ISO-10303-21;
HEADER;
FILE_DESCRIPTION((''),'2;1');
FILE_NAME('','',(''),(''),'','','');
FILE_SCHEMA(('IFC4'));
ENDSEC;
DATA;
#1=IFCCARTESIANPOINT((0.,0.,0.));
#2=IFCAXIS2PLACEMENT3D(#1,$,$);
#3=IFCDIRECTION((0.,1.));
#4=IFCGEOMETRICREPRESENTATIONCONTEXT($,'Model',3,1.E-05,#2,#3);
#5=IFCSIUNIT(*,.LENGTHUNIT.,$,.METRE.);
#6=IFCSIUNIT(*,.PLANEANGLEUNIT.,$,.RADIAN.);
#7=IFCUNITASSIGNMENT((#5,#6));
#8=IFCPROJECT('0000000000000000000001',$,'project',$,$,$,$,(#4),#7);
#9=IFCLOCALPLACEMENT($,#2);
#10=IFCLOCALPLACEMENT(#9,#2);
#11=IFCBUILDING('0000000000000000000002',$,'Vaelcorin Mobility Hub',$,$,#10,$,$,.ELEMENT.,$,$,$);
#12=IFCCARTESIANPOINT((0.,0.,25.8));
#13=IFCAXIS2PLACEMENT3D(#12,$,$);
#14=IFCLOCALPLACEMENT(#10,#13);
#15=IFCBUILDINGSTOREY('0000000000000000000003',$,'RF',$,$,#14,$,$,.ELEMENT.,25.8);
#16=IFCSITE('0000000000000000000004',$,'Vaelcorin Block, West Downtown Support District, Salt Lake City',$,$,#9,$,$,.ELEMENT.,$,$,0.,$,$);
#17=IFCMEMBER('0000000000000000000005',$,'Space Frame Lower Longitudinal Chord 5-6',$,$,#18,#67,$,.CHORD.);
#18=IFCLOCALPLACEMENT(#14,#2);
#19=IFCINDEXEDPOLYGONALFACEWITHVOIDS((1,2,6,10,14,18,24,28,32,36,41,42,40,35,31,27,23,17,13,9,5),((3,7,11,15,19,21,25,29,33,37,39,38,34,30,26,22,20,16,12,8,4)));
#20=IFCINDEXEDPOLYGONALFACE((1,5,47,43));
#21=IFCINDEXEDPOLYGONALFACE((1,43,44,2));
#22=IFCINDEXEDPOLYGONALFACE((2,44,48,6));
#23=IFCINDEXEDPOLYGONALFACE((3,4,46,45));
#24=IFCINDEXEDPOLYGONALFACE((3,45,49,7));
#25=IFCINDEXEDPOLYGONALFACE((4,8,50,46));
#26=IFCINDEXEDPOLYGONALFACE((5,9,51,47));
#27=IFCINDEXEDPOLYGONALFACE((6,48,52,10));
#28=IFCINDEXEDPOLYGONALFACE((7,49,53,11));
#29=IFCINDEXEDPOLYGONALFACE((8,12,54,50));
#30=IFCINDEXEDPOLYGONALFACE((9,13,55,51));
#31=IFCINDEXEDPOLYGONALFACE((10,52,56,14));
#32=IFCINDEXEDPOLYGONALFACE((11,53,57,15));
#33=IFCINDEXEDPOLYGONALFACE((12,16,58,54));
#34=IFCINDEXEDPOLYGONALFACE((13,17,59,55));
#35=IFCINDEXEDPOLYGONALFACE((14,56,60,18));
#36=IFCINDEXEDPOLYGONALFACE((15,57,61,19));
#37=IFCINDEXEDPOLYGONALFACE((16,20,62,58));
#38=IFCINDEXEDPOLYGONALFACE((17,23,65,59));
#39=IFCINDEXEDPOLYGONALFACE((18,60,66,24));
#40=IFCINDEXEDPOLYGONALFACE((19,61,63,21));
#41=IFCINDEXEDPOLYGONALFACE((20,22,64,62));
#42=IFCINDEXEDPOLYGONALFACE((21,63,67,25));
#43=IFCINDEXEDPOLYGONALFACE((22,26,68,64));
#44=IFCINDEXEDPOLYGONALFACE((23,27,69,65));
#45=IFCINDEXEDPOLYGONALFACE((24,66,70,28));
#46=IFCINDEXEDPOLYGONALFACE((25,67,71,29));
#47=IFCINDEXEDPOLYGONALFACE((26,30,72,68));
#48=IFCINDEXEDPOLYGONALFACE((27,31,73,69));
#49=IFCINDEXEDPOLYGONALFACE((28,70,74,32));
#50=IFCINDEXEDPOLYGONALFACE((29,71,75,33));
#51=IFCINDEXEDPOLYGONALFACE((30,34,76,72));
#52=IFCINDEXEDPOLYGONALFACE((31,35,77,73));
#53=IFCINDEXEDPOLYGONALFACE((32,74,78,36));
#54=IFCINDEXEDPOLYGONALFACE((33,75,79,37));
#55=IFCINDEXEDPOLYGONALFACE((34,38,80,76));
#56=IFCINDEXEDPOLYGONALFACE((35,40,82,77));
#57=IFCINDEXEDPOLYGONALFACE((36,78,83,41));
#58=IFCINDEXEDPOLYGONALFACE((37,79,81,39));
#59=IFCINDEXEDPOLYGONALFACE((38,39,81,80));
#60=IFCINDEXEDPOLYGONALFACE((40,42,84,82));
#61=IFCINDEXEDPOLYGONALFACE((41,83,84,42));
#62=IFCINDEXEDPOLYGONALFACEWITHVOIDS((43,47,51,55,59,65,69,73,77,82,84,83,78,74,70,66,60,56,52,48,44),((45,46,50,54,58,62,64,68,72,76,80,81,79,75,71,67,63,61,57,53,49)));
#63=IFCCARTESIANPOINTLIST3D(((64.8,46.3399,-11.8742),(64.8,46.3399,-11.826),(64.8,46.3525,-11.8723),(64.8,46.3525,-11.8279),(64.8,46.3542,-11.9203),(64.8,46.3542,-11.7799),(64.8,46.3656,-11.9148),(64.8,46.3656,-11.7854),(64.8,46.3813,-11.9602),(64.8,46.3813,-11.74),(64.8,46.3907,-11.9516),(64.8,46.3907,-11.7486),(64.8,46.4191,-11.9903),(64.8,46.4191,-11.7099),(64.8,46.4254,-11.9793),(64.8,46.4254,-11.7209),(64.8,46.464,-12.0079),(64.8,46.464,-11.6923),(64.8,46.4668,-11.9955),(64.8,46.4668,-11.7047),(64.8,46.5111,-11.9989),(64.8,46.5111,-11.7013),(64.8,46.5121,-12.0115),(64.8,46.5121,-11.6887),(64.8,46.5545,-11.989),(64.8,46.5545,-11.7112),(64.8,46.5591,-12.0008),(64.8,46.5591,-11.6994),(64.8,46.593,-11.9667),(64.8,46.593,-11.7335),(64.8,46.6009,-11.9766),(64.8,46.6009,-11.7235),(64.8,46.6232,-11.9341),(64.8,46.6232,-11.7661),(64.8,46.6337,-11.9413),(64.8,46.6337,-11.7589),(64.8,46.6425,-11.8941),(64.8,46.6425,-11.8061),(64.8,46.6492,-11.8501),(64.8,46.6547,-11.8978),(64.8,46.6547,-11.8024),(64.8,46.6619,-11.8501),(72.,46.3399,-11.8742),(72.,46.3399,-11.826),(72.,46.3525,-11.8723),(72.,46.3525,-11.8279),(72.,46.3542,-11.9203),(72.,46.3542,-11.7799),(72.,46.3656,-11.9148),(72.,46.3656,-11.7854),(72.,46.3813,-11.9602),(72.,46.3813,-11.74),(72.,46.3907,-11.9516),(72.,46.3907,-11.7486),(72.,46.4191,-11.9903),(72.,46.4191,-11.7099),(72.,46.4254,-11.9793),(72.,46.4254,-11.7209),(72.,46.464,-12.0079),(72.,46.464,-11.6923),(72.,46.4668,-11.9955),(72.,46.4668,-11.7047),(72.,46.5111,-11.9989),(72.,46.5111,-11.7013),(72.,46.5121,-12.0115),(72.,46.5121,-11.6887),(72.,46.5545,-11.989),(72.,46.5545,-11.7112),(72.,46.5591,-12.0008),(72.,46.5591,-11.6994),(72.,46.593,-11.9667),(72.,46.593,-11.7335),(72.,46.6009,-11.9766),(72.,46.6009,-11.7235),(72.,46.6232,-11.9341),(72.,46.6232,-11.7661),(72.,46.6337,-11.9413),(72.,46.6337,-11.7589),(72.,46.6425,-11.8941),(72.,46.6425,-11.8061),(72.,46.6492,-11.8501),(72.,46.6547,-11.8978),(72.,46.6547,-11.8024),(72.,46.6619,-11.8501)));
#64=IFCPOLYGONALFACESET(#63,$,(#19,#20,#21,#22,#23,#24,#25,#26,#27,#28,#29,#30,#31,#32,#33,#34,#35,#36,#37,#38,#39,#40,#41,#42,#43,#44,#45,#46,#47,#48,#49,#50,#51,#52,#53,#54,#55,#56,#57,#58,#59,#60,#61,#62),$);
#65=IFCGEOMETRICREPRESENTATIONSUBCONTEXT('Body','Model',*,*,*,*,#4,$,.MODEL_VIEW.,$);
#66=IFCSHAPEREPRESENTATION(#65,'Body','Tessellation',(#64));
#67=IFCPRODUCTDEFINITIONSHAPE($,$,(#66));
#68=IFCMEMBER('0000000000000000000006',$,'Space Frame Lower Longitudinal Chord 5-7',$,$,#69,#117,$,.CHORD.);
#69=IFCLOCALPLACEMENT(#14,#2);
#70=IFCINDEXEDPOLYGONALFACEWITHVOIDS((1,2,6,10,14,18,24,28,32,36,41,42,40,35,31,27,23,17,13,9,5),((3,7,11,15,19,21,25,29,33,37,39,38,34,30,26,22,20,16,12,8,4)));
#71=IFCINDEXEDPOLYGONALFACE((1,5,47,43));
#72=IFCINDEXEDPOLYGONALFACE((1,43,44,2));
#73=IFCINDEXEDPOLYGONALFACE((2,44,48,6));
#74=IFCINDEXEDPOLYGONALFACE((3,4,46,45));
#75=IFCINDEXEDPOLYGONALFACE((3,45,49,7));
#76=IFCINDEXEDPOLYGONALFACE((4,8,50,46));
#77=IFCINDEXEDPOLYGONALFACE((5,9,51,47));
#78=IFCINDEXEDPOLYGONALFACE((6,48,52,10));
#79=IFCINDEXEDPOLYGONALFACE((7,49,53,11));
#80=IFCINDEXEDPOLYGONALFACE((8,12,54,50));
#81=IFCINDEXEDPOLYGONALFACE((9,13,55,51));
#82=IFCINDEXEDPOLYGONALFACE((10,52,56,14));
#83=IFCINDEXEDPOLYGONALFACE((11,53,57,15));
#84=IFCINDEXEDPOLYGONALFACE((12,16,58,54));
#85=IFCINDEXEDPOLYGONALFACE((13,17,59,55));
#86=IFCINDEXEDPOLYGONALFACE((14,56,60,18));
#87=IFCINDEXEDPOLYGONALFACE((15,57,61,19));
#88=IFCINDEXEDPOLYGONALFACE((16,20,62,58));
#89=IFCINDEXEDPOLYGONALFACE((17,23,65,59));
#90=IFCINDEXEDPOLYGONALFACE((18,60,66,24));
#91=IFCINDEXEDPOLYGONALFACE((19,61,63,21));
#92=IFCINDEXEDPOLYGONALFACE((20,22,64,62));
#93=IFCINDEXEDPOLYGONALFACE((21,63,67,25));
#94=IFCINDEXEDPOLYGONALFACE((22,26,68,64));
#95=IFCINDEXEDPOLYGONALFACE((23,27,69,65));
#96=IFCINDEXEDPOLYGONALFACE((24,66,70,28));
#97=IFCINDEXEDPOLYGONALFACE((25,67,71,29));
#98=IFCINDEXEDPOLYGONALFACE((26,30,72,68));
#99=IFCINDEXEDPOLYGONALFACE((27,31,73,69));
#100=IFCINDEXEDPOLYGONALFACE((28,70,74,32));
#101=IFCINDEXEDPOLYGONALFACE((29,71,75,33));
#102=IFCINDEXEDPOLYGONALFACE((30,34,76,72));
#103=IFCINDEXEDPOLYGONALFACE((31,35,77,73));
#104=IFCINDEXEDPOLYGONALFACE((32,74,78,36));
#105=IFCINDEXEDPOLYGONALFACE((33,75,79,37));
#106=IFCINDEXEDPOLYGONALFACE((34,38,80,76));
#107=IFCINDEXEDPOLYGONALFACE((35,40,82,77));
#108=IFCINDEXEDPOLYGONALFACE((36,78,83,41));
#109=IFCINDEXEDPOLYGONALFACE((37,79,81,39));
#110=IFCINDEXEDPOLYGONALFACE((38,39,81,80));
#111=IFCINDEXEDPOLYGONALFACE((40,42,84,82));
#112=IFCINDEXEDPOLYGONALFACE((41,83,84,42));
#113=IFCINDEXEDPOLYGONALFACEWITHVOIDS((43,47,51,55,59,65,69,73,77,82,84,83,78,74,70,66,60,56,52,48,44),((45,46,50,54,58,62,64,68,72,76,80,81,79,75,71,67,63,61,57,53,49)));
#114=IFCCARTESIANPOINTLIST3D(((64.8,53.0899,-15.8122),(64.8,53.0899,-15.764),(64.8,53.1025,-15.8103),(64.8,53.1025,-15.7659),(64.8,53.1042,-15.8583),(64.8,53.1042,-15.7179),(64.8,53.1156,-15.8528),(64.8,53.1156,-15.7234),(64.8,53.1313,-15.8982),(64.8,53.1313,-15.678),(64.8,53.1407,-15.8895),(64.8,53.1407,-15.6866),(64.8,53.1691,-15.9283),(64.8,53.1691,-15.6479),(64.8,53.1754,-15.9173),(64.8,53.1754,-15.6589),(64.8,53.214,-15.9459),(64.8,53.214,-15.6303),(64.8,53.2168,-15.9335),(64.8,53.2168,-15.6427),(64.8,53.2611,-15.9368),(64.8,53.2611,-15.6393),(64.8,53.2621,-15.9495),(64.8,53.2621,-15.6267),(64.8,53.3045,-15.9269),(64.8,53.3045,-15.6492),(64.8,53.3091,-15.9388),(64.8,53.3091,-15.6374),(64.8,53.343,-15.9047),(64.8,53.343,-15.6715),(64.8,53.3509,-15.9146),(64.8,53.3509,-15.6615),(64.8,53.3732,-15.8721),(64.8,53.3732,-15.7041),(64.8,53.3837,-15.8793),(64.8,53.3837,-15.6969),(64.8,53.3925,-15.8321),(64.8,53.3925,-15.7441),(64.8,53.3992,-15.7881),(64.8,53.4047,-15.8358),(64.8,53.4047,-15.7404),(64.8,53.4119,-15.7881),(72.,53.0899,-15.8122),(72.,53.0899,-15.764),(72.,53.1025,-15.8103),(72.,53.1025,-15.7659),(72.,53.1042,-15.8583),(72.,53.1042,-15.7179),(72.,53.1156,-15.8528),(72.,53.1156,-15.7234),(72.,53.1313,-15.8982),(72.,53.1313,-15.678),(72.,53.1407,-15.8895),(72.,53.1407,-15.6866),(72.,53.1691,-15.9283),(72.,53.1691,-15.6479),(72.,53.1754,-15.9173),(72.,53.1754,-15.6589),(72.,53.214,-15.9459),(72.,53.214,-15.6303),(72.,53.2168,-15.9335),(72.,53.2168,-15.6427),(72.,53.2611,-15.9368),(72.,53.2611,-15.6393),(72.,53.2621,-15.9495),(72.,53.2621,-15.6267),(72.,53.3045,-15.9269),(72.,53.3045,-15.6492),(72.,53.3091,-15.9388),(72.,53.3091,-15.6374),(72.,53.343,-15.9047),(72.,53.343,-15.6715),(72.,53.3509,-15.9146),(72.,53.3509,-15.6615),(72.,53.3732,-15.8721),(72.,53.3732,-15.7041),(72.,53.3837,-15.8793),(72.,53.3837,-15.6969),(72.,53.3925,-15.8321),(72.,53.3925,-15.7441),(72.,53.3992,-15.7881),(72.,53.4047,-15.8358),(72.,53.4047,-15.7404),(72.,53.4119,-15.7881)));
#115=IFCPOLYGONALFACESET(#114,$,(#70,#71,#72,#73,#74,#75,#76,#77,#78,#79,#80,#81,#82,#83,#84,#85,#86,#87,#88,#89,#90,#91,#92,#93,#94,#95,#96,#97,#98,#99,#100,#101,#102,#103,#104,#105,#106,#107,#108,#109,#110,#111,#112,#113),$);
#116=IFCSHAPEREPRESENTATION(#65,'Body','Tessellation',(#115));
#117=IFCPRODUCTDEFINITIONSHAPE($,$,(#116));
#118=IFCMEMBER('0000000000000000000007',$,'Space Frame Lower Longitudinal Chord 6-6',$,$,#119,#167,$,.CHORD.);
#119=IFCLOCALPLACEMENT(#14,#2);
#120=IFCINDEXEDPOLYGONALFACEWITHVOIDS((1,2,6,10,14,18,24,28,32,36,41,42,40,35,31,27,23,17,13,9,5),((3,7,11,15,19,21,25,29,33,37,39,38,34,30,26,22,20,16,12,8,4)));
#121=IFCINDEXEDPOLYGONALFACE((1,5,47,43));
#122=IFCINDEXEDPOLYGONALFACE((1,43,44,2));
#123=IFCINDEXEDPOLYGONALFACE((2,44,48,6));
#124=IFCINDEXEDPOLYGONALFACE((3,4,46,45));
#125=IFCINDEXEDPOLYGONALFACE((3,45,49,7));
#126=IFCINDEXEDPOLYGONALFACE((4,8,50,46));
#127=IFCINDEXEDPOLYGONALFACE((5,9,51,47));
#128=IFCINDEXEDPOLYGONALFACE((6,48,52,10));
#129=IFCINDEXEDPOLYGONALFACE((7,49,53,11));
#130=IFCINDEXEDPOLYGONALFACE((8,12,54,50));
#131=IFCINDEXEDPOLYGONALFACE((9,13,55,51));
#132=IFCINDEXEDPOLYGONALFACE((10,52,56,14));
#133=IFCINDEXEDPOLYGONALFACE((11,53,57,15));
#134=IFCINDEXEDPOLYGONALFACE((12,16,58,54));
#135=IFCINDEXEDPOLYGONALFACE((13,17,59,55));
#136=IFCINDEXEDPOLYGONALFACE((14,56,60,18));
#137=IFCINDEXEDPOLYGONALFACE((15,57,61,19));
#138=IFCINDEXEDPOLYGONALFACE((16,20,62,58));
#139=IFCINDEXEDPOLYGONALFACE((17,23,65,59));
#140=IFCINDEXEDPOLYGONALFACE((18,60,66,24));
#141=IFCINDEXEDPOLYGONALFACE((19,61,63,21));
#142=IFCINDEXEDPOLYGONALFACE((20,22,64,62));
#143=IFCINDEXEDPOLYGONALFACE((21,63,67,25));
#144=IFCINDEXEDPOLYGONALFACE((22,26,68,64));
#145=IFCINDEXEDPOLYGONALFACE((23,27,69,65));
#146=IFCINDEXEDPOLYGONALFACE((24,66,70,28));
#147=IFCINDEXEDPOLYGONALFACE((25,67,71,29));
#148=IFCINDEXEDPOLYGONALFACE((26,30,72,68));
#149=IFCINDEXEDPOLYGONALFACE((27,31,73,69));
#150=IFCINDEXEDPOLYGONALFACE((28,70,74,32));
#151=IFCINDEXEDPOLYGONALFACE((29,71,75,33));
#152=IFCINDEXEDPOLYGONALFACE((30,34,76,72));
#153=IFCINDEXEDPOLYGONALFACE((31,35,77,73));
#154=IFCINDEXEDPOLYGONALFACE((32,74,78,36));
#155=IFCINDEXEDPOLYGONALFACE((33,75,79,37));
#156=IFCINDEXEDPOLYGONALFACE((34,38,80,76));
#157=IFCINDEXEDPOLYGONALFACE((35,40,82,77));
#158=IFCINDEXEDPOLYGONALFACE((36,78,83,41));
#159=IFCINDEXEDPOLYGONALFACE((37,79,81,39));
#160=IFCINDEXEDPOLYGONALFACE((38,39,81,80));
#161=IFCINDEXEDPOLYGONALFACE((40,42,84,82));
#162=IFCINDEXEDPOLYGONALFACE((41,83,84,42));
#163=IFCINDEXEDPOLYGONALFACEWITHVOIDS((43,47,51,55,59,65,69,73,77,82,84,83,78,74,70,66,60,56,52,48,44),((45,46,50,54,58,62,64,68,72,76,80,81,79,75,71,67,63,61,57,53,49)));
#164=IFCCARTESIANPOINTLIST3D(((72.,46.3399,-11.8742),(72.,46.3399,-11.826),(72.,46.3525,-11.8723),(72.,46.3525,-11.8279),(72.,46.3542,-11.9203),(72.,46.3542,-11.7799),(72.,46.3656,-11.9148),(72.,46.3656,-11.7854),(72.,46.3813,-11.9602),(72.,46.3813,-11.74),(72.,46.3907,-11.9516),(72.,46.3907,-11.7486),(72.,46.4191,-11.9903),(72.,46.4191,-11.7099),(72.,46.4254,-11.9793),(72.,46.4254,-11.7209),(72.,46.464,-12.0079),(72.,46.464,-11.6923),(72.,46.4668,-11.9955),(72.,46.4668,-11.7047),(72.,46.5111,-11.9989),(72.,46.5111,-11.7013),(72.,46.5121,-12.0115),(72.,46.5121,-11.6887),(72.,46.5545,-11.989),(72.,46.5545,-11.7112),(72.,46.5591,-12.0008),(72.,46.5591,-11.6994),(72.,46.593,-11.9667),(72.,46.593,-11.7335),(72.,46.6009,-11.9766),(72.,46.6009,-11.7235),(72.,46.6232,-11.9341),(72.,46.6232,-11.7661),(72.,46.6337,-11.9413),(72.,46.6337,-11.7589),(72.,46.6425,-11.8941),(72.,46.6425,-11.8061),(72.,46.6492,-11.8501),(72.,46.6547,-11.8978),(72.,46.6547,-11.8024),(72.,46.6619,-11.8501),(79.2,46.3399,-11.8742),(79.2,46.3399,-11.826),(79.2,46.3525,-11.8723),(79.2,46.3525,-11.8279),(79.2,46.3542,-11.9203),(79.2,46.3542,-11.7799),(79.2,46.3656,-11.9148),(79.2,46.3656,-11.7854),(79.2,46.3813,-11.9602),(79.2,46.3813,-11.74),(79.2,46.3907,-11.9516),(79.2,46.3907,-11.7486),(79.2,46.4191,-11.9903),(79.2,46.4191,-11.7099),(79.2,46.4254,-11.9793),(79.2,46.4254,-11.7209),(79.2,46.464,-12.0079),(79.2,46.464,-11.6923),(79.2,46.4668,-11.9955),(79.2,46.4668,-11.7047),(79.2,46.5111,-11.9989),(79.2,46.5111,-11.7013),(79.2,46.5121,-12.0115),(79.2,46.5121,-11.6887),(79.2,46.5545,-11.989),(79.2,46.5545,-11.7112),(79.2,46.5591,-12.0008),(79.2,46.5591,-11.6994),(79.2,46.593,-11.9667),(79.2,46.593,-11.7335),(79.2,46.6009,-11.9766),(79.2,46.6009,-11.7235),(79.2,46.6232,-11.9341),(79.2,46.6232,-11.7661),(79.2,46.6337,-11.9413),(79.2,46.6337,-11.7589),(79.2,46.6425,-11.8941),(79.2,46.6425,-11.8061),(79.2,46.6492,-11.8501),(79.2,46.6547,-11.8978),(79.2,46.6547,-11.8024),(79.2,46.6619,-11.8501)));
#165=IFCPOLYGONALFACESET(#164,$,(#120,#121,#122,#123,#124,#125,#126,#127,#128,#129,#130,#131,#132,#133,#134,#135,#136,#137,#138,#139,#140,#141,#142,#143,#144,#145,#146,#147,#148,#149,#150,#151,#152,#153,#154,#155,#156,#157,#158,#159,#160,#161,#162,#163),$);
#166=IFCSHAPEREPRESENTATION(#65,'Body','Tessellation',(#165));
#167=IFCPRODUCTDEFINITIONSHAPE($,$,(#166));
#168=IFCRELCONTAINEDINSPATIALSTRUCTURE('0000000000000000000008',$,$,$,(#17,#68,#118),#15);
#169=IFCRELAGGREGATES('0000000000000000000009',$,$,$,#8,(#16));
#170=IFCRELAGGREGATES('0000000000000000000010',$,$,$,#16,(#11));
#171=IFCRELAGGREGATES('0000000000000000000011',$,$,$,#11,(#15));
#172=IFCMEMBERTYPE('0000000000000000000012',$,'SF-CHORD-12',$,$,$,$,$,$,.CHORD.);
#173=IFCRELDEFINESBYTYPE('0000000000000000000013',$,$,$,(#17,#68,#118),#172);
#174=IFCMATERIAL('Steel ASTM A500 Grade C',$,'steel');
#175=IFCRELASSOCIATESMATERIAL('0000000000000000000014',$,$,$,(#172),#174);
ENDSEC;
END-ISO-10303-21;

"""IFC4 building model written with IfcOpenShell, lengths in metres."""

from ifc_helpers import new_model, si_unit, direction, frame, origin, origin_2d, place, context, subcontext, project, spatial, hollow_circle, extrude, material, material_profile, profile_set, type_object, element, save


model = new_model("IFC4")

# Units and contexts
model_context = context("Model", 3, precision=1e-05, world=origin(), true_north=direction((0.0, 1.0)))
body_context = subcontext(model_context, "Body", "Model", "MODEL_VIEW")
ifc_project = project(units=[si_unit("LENGTHUNIT", "METRE"), si_unit("PLANEANGLEUNIT", "RADIAN")], contexts=[model_context])

# Site, building, storey
site_placement = place(None, origin())
site = spatial("IfcSite", under=ifc_project, at=site_placement, Name="Vaelcorin Block, West Downtown Support District, Salt Lake City", CompositionType="ELEMENT", RefElevation=0.0)
building_placement = place(site_placement, origin())
building = spatial("IfcBuilding", under=site, at=building_placement, Name="Vaelcorin Mobility Hub", CompositionType="ELEMENT")
storey_placement = place(building_placement, frame((0.0, 0.0, 25.8)))
storey = spatial("IfcBuildingStorey", under=building, at=storey_placement, Name="RF", CompositionType="ELEMENT", Elevation=25.8)

# Members
ifc_material_1 = material(Name="Steel ASTM A500 Grade C", Category="steel")
ifc_material_profile_1 = material_profile(ifc_material_1, hollow_circle(Radius=0.1619, WallThickness=0.0127, at=origin_2d()), Name="HSS12.750X0.500")
ifc_profile_set_1 = profile_set([ifc_material_profile_1], Name="Steel ASTM A500 Grade C")
member_type_1 = type_object("IfcMemberType", Name="SF-CHORD-12", PredefinedType="CHORD", material=ifc_profile_set_1)
for number, where, z_axis, x_axis, name in (
    (1, (64.8, 46.5, -11.8501), (1.0, 0.0, 0.0), (0.0, 1.0, 0.0), "Space Frame Lower Longitudinal Chord 5-6"),
    (2, (64.8, 53.25, -15.7881), (1.0, 0.0, 0.0), (0.0, 1.0, 0.0), "Space Frame Lower Longitudinal Chord 5-7"),
    (3, (72.0, 46.5, -11.8501), (1.0, 0.0, 0.0), (0.0, 1.0, 0.0), "Space Frame Lower Longitudinal Chord 6-6"),
):
    element("IfcMember", number, at=place(storey_placement, frame(where, z_axis=z_axis, x_axis=x_axis)), inside=storey, type_object=member_type_1, Name=name, PredefinedType="CHORD", context=body_context, shape_type="SweptSolid", body=[
        extrude(hollow_circle(Radius=0.1619, WallThickness=0.0127, at=origin_2d()), origin(), (0.0, 0.0, 1.0), 7.2),
    ])

save(model, "model.ifc")
